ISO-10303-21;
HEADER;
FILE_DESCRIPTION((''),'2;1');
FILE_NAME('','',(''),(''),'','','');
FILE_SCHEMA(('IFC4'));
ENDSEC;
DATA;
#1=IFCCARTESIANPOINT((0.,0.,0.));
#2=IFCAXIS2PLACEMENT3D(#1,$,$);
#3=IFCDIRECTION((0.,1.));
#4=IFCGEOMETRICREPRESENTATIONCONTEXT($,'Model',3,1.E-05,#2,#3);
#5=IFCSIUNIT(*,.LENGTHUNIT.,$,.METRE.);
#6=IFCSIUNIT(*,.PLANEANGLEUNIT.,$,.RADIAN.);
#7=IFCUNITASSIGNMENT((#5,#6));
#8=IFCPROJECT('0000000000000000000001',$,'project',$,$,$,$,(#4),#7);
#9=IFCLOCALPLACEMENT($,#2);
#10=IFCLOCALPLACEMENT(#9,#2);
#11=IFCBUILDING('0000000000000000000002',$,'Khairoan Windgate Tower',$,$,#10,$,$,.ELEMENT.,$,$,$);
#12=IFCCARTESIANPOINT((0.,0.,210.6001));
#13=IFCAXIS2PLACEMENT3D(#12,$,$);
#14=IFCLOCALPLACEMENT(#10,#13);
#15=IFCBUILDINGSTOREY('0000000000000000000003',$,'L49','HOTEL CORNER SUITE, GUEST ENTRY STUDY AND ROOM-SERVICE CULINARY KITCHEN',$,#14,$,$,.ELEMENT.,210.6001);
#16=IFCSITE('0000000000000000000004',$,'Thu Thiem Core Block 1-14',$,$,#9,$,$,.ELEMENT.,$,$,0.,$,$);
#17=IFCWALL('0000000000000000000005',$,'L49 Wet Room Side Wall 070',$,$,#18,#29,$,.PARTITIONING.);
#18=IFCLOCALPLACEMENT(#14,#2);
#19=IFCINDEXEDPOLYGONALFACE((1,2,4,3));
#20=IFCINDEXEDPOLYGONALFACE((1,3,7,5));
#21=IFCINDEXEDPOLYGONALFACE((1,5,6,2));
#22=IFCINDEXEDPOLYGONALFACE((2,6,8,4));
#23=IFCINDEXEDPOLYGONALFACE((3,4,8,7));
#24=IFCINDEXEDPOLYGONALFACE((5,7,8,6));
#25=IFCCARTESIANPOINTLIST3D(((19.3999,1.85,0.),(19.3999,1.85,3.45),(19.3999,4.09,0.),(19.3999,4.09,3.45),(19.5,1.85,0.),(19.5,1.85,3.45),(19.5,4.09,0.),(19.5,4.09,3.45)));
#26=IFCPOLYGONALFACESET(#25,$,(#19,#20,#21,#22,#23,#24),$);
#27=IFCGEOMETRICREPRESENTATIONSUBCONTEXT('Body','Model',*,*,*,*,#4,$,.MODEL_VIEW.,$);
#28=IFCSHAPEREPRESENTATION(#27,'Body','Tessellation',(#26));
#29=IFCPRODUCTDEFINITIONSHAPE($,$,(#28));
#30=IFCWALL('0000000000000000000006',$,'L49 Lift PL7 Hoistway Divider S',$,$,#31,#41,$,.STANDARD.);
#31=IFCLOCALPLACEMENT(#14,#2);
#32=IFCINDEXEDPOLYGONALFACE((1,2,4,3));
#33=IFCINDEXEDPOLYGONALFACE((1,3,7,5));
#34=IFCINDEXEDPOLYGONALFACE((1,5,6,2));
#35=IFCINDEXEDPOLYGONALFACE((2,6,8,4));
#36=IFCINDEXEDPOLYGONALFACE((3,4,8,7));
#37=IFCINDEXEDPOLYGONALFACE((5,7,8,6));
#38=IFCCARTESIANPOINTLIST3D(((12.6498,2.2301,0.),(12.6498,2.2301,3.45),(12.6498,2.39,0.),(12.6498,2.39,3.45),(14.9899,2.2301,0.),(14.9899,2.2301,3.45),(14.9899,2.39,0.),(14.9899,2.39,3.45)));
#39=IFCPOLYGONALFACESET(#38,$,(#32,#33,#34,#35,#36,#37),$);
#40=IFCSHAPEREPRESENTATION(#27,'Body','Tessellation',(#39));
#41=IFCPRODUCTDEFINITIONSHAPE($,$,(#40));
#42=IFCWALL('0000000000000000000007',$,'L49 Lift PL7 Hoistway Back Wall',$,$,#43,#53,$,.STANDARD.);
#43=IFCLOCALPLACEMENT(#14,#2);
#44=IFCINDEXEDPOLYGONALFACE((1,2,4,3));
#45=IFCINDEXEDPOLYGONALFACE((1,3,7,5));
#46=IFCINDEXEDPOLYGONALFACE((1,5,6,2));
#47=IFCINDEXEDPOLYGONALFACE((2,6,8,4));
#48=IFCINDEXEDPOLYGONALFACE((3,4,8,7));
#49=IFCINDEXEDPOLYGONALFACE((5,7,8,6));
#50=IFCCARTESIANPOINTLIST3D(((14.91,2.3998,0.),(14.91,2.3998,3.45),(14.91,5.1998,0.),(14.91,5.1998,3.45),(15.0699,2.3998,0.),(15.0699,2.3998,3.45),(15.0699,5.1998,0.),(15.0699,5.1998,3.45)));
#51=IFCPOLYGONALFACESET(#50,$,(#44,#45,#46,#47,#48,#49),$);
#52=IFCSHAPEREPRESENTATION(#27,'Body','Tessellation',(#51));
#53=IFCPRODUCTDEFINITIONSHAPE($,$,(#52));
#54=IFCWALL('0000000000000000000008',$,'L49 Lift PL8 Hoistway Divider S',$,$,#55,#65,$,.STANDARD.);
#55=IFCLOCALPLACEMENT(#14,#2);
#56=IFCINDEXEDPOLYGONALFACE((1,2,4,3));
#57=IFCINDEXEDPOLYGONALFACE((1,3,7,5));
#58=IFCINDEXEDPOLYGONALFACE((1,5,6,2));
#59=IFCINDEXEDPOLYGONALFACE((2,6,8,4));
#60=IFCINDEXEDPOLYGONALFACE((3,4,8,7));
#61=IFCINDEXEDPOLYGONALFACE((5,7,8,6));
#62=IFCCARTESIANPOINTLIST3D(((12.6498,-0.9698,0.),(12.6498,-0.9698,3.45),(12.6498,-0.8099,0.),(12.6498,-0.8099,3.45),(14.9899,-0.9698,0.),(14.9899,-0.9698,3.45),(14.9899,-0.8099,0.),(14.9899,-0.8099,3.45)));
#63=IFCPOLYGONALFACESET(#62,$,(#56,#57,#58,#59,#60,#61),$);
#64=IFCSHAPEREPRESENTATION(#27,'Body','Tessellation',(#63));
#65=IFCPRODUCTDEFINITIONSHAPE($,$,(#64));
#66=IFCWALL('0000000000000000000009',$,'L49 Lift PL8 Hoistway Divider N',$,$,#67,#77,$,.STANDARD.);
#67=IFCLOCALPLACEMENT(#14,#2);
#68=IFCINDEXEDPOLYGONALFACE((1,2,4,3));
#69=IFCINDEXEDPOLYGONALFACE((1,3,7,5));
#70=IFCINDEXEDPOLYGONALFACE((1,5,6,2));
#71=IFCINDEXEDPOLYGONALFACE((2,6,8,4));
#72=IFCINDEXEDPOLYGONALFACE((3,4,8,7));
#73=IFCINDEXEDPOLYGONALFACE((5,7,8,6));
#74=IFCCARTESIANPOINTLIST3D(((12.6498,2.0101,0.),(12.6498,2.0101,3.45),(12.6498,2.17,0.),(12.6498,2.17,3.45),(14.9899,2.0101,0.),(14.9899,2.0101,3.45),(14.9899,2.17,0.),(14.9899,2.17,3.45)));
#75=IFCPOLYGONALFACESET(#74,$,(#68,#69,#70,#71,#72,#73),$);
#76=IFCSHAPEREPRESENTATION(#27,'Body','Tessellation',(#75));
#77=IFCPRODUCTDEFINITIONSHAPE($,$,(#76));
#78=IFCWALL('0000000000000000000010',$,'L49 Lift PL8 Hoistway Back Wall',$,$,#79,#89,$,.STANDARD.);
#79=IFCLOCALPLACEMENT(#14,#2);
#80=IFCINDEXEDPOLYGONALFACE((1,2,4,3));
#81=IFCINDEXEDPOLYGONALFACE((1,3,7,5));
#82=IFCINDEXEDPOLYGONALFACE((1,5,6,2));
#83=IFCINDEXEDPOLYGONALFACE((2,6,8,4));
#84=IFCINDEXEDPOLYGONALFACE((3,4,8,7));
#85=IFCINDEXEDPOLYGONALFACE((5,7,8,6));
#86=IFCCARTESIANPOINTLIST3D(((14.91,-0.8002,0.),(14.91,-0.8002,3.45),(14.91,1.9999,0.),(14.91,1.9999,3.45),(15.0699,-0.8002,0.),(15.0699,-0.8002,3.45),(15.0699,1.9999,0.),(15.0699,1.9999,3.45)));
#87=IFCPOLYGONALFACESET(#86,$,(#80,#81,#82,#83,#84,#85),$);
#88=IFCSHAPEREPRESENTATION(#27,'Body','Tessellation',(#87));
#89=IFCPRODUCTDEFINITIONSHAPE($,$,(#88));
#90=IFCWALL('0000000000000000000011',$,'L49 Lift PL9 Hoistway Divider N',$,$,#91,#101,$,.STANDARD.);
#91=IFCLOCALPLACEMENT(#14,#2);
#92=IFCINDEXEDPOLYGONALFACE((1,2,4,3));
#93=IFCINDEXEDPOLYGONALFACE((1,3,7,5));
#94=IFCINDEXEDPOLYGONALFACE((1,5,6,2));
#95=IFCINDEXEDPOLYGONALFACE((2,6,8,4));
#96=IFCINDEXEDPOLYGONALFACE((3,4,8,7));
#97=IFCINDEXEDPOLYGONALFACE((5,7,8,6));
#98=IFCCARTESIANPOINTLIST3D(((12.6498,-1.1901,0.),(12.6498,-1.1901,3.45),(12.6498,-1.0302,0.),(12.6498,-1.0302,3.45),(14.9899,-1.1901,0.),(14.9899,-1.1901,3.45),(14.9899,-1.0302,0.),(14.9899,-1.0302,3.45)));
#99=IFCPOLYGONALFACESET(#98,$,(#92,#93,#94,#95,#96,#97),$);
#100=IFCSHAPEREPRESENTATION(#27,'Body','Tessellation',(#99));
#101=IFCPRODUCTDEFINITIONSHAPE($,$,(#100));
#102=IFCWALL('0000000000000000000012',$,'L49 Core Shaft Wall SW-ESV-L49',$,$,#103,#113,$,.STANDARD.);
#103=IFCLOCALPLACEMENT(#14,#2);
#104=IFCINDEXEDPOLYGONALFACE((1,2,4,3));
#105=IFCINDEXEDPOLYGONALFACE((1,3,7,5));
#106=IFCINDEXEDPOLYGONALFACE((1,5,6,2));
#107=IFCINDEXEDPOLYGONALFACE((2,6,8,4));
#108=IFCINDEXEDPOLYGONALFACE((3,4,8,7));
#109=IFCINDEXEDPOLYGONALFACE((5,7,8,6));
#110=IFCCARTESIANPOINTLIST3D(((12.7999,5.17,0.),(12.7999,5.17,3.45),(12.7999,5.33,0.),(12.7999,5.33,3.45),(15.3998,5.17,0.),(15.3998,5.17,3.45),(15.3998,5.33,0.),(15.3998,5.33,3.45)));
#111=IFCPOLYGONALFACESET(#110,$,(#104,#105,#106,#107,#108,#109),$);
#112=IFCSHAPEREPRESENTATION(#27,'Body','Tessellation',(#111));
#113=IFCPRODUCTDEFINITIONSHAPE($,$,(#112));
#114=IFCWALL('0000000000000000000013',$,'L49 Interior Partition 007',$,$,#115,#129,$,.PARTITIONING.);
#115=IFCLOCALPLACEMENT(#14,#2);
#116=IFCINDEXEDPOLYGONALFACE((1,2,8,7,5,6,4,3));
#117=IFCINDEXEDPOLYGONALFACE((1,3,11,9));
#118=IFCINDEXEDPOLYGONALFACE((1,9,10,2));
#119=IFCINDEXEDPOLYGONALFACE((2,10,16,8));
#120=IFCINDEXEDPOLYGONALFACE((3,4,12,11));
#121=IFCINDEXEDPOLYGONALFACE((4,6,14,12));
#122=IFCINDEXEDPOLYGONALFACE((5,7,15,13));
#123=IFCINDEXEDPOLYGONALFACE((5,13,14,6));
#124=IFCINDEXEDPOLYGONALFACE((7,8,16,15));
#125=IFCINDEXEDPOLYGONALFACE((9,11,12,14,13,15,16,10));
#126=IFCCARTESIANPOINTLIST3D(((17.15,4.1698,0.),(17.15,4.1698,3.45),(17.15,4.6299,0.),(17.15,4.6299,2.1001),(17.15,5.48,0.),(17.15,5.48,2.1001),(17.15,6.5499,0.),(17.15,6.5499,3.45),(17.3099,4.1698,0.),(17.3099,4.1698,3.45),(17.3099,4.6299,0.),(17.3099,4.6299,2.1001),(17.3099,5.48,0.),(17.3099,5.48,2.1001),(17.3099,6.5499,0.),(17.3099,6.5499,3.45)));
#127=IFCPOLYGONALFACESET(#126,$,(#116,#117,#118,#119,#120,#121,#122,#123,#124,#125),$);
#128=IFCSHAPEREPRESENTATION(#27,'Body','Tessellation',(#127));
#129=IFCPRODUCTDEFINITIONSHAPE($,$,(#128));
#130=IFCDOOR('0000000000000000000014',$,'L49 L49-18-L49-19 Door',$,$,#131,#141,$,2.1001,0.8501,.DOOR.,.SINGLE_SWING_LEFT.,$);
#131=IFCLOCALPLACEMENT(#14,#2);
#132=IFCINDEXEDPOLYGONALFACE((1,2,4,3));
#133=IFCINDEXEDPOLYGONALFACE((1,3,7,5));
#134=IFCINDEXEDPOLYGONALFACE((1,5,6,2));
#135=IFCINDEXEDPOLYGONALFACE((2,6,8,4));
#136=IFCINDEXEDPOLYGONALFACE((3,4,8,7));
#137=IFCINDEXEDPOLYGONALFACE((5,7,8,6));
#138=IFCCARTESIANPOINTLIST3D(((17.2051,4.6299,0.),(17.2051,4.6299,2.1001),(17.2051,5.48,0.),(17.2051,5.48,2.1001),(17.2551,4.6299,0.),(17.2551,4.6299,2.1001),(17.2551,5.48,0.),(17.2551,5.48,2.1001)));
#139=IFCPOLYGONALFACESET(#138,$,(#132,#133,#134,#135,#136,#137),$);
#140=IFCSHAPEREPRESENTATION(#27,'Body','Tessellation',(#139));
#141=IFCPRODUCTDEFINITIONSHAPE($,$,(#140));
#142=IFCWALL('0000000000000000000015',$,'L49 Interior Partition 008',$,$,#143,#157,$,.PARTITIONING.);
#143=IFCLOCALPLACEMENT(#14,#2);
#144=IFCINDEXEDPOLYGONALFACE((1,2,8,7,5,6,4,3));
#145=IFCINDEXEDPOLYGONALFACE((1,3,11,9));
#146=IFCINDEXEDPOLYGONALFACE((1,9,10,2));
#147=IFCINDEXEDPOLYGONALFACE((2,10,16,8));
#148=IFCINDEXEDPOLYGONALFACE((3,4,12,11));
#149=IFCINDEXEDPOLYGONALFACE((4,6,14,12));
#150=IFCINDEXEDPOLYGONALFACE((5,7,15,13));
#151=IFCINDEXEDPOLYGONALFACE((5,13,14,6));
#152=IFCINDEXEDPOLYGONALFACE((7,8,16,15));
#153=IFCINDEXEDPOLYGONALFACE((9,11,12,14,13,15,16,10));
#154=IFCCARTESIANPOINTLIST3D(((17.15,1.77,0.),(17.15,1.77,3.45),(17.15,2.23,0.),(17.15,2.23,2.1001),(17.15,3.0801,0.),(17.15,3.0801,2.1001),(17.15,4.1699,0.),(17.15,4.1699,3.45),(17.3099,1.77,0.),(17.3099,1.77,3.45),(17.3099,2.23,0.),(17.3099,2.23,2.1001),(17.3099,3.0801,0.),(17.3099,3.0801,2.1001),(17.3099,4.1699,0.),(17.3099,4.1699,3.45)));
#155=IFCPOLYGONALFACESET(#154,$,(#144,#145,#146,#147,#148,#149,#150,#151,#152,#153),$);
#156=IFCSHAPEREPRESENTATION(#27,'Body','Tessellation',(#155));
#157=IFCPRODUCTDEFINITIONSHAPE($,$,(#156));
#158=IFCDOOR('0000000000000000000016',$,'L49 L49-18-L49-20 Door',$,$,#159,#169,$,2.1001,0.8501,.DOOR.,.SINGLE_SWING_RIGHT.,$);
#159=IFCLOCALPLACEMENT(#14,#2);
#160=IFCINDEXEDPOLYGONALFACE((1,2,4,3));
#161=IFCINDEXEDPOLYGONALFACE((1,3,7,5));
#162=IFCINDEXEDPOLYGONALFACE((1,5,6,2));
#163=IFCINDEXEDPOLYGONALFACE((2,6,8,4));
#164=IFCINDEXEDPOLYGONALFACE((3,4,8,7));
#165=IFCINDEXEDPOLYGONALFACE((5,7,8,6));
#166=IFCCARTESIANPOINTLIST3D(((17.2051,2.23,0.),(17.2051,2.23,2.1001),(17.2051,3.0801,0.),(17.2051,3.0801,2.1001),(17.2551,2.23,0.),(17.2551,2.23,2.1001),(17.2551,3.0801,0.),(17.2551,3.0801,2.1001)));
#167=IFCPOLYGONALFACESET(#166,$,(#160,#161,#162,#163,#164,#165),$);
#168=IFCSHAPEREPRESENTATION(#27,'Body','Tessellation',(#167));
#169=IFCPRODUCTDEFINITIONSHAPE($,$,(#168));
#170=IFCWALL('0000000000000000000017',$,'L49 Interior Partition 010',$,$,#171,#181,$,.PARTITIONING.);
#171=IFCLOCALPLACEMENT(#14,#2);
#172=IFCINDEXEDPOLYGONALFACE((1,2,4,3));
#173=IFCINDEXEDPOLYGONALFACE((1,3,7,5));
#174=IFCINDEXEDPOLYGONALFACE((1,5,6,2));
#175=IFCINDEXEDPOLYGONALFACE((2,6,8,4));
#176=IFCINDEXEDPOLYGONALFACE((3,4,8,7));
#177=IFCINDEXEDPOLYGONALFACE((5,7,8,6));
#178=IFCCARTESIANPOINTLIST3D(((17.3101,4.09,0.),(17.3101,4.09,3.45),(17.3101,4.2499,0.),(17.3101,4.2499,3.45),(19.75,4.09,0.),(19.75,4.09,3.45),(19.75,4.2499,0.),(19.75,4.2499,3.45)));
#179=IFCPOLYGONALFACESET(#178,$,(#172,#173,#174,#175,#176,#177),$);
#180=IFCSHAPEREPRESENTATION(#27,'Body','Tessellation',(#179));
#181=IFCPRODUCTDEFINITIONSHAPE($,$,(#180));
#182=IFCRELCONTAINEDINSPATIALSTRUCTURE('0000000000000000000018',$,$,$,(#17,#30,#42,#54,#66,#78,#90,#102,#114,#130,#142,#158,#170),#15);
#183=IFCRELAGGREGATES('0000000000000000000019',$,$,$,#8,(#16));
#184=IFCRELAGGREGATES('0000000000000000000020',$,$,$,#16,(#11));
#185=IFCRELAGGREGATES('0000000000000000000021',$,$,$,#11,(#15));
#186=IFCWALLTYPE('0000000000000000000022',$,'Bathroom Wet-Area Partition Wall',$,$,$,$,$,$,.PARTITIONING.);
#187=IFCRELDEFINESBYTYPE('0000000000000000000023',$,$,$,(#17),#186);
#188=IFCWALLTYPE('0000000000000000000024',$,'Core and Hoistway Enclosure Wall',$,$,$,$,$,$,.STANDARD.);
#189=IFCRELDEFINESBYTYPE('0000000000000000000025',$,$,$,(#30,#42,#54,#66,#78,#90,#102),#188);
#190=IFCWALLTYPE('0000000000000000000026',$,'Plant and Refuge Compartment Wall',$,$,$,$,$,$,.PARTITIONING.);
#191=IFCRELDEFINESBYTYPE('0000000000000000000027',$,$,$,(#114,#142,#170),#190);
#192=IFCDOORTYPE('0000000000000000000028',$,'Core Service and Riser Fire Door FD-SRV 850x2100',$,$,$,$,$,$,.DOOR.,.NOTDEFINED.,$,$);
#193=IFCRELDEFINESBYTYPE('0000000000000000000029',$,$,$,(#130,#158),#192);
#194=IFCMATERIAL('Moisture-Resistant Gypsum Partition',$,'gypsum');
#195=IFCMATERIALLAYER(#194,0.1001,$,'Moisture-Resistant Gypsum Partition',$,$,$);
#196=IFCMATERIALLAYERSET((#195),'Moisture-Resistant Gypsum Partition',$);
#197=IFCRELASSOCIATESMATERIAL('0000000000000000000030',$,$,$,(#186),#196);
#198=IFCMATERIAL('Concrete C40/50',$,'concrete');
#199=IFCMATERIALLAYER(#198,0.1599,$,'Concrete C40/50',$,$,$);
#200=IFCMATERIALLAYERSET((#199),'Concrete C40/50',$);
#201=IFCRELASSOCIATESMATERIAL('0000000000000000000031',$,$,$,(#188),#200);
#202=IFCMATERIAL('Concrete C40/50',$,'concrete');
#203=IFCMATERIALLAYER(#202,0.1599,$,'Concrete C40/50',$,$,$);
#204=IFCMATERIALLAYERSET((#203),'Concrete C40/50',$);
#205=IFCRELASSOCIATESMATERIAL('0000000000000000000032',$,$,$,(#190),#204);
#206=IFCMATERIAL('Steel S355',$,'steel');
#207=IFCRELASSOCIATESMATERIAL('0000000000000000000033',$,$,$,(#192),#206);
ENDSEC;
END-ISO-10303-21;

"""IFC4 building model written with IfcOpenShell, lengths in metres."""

from ifc_helpers import new_model, si_unit, direction, frame, frame_2d, origin, place, context, subcontext, project, spatial, rectangle, extrude, material, layer, layer_set, type_object, element, fill, save


model = new_model("IFC4")

# Units and contexts
model_context = context("Model", 3, precision=1e-05, world=origin(), true_north=direction((0.0, 1.0)))
body_context = subcontext(model_context, "Body", "Model", "MODEL_VIEW")
ifc_project = project(units=[si_unit("LENGTHUNIT", "METRE"), si_unit("PLANEANGLEUNIT", "RADIAN")], contexts=[model_context])

# Site, building, storey
site_placement = place(None, origin())
site = spatial("IfcSite", under=ifc_project, at=site_placement, Name="Thu Thiem Core Block 1-14", CompositionType="ELEMENT", RefElevation=0.0)
building_placement = place(site_placement, origin())
building = spatial("IfcBuilding", under=site, at=building_placement, Name="Khairoan Windgate Tower", CompositionType="ELEMENT")
storey_placement = place(building_placement, frame((0.0, 0.0, 210.6001)))
storey = spatial("IfcBuildingStorey", under=building, at=storey_placement, Name="L49", Description="HOTEL CORNER SUITE, GUEST ENTRY STUDY AND ROOM-SERVICE CULINARY KITCHEN", CompositionType="ELEMENT", Elevation=210.6001)

# Walls
ifc_material_1 = material(Name="Moisture-Resistant Gypsum Partition", Category="gypsum")
ifc_layer_1 = layer(ifc_material_1, 0.1001, Name="Moisture-Resistant Gypsum Partition")
ifc_layer_set_1 = layer_set([ifc_layer_1], Name="Moisture-Resistant Gypsum Partition")
wall_type_1 = type_object("IfcWallType", Name="Bathroom Wet-Area Partition Wall", PredefinedType="PARTITIONING", material=ifc_layer_set_1)
wall_1_placement = place(storey_placement, frame((19.45, 4.0901, 0.0), z_axis=(0.0, 0.0, 1.0), x_axis=(0.0, -1.0, 0.0)))
element("IfcWall", 1, at=wall_1_placement, inside=storey, type_object=wall_type_1, Name="L49 Wet Room Side Wall 070", PredefinedType="PARTITIONING", context=body_context, shape_type="SweptSolid", body=[
    extrude(rectangle(XDim=2.24, YDim=0.1001, at=frame_2d((1.1201, 0.0))), origin(), (0.0, 0.0, 1.0), 3.45),
])
ifc_material_2 = material(Name="Concrete C40/50", Category="concrete")
ifc_layer_2 = layer(ifc_material_2, 0.1599, Name="Concrete C40/50")
ifc_layer_set_2 = layer_set([ifc_layer_2], Name="Concrete C40/50")
wall_type_2 = type_object("IfcWallType", Name="Core and Hoistway Enclosure Wall", PredefinedType="STANDARD", material=ifc_layer_set_2)
wall_2_placement = place(storey_placement, frame((12.6499, 2.3101, 0.0), z_axis=(0.0, 0.0, 1.0), x_axis=(1.0, 0.0, 0.0)))
element("IfcWall", 2, at=wall_2_placement, inside=storey, type_object=wall_type_2, Name="L49 Lift PL7 Hoistway Divider S", PredefinedType="STANDARD", context=body_context, shape_type="SweptSolid", body=[
    extrude(rectangle(XDim=2.3401, YDim=0.1599, at=frame_2d((1.1699, 0.0))), origin(), (0.0, 0.0, 1.0), 3.45),
])
wall_3_placement = place(storey_placement, frame((14.99, 2.3999, 0.0), z_axis=(0.0, 0.0, 1.0), x_axis=(0.0, 1.0, 0.0)))
element("IfcWall", 3, at=wall_3_placement, inside=storey, type_object=wall_type_2, Name="L49 Lift PL7 Hoistway Back Wall", PredefinedType="STANDARD", context=body_context, shape_type="SweptSolid", body=[
    extrude(rectangle(XDim=2.8, YDim=0.1599, at=frame_2d((1.3999, 0.0))), origin(), (0.0, 0.0, 1.0), 3.45),
])
for number, where, z_axis, x_axis, name in (
    (4, (12.6499, -0.8899, 0.0), (0.0, 0.0, 1.0), (1.0, 0.0, 0.0), "L49 Lift PL8 Hoistway Divider S"),
    (5, (12.6499, 2.0901, 0.0), (0.0, 0.0, 1.0), (1.0, 0.0, 0.0), "L49 Lift PL8 Hoistway Divider N"),
):
    element("IfcWall", number, at=place(storey_placement, frame(where, z_axis=z_axis, x_axis=x_axis)), inside=storey, type_object=wall_type_2, Name=name, PredefinedType="STANDARD", context=body_context, shape_type="SweptSolid", body=[
        extrude(rectangle(XDim=2.3401, YDim=0.1599, at=frame_2d((1.1699, 0.0))), origin(), (0.0, 0.0, 1.0), 3.45),
    ])
wall_4_placement = place(storey_placement, frame((14.99, -0.8, 0.0), z_axis=(0.0, 0.0, 1.0), x_axis=(0.0, 1.0, 0.0)))
element("IfcWall", 6, at=wall_4_placement, inside=storey, type_object=wall_type_2, Name="L49 Lift PL8 Hoistway Back Wall", PredefinedType="STANDARD", context=body_context, shape_type="SweptSolid", body=[
    extrude(rectangle(XDim=2.8, YDim=0.1599, at=frame_2d((1.3999, 0.0))), origin(), (0.0, 0.0, 1.0), 3.45),
])
wall_5_placement = place(storey_placement, frame((12.6499, -1.1101, 0.0), z_axis=(0.0, 0.0, 1.0), x_axis=(1.0, 0.0, 0.0)))
element("IfcWall", 7, at=wall_5_placement, inside=storey, type_object=wall_type_2, Name="L49 Lift PL9 Hoistway Divider N", PredefinedType="STANDARD", context=body_context, shape_type="SweptSolid", body=[
    extrude(rectangle(XDim=2.3401, YDim=0.1599, at=frame_2d((1.1699, 0.0))), origin(), (0.0, 0.0, 1.0), 3.45),
])
wall_6_placement = place(storey_placement, frame((12.8, 5.25, 0.0), z_axis=(0.0, 0.0, 1.0), x_axis=(1.0, 0.0, 0.0)))
element("IfcWall", 8, at=wall_6_placement, inside=storey, type_object=wall_type_2, Name="L49 Core Shaft Wall SW-ESV-L49", PredefinedType="STANDARD", context=body_context, shape_type="SweptSolid", body=[
    extrude(rectangle(XDim=2.5999, YDim=0.1599, at=frame_2d((1.2998, 0.0))), origin(), (0.0, 0.0, 1.0), 3.45),
])

# Walls, openings, doors
ifc_material_3 = material(Name="Concrete C40/50", Category="concrete")
ifc_layer_3 = layer(ifc_material_3, 0.1599, Name="Concrete C40/50")
ifc_layer_set_3 = layer_set([ifc_layer_3], Name="Concrete C40/50")
wall_type_3 = type_object("IfcWallType", Name="Plant and Refuge Compartment Wall", PredefinedType="PARTITIONING", material=ifc_layer_set_3)
wall_7_placement = place(storey_placement, frame((17.23, 4.1699, 0.0), z_axis=(0.0, 0.0, 1.0), x_axis=(0.0, 1.0, 0.0)))
wall_7 = element("IfcWall", 9, at=wall_7_placement, inside=storey, type_object=wall_type_3, Name="L49 Interior Partition 007", PredefinedType="PARTITIONING", context=body_context, shape_type="SweptSolid", body=[
    extrude(rectangle(XDim=2.3801, YDim=0.1599, at=frame_2d((1.1899, 0.0))), origin(), (0.0, 0.0, 1.0), 3.45),
])
opening_1_placement = place(wall_7_placement, frame((0.46, 0.0, 0.0)))
opening_1 = element("IfcOpeningElement", 10, at=opening_1_placement, cuts=wall_7, PredefinedType="OPENING", context=body_context, shape_type="SweptSolid", body=[
    extrude(rectangle(XDim=0.8501, YDim=2.1001, at=frame_2d((0.425, 1.05))), frame((0.0, 0.0898, 0.0), z_axis=(0.0, -1.0, 0.0), x_axis=(1.0, 0.0, 0.0)), (0.0, 0.0, 1.0), 0.1799),
])
ifc_material_4 = material(Name="Steel S355", Category="steel")
door_type = type_object("IfcDoorType", Name="Core Service and Riser Fire Door FD-SRV 850x2100", OperationType="NOTDEFINED", PredefinedType="DOOR", material=ifc_material_4)
door_1_placement = place(opening_1_placement, origin())
door_1 = element("IfcDoor", 11, at=door_1_placement, inside=storey, type_object=door_type, Name="L49 L49-18-L49-19 Door", OperationType="SINGLE_SWING_LEFT", OverallHeight=2.1001, OverallWidth=0.8501, PredefinedType="DOOR", context=body_context, shape_type="SweptSolid", body=[
    extrude(rectangle(XDim=0.8501, YDim=2.1001, at=frame_2d((0.425, 1.05))), frame((0.0, 0.0249, 0.0), z_axis=(0.0, -1.0, 0.0), x_axis=(1.0, 0.0, 0.0)), (0.0, 0.0, 1.0), 0.05),
])
fill(opening_1, door_1)
wall_8_placement = place(storey_placement, frame((17.23, 1.77, 0.0), z_axis=(0.0, 0.0, 1.0), x_axis=(0.0, 1.0, 0.0)))
wall_8 = element("IfcWall", 12, at=wall_8_placement, inside=storey, type_object=wall_type_3, Name="L49 Interior Partition 008", PredefinedType="PARTITIONING", context=body_context, shape_type="SweptSolid", body=[
    extrude(rectangle(XDim=2.3999, YDim=0.1599, at=frame_2d((1.2, 0.0))), origin(), (0.0, 0.0, 1.0), 3.45),
])
opening_2_placement = place(wall_8_placement, frame((0.46, 0.0, 0.0)))
opening_2 = element("IfcOpeningElement", 13, at=opening_2_placement, cuts=wall_8, PredefinedType="OPENING", context=body_context, shape_type="SweptSolid", body=[
    extrude(rectangle(XDim=0.8501, YDim=2.1001, at=frame_2d((0.425, 1.05))), frame((0.0, 0.0898, 0.0), z_axis=(0.0, -1.0, 0.0), x_axis=(1.0, 0.0, 0.0)), (0.0, 0.0, 1.0), 0.1799),
])
door_2_placement = place(opening_2_placement, origin())
door_2 = element("IfcDoor", 14, at=door_2_placement, inside=storey, type_object=door_type, Name="L49 L49-18-L49-20 Door", OperationType="SINGLE_SWING_RIGHT", OverallHeight=2.1001, OverallWidth=0.8501, PredefinedType="DOOR", context=body_context, shape_type="SweptSolid", body=[
    extrude(rectangle(XDim=0.8501, YDim=2.1001, at=frame_2d((0.425, 1.05))), frame((0.0, 0.0249, 0.0), z_axis=(0.0, -1.0, 0.0), x_axis=(1.0, 0.0, 0.0)), (0.0, 0.0, 1.0), 0.05),
])
fill(opening_2, door_2)

# Wall
for number, where, z_axis, x_axis, name in (
    (15, (17.3101, 4.1699, 0.0), (0.0, 0.0, 1.0), (1.0, 0.0, 0.0), "L49 Interior Partition 010"),
):
    element("IfcWall", number, at=place(storey_placement, frame(where, z_axis=z_axis, x_axis=x_axis)), inside=storey, type_object=wall_type_3, Name=name, PredefinedType="PARTITIONING", context=body_context, shape_type="SweptSolid", body=[
        extrude(rectangle(XDim=2.4399, YDim=0.1599, at=frame_2d((1.22, 0.0))), origin(), (0.0, 0.0, 1.0), 3.45),
    ])

save(model, "model.ifc")
